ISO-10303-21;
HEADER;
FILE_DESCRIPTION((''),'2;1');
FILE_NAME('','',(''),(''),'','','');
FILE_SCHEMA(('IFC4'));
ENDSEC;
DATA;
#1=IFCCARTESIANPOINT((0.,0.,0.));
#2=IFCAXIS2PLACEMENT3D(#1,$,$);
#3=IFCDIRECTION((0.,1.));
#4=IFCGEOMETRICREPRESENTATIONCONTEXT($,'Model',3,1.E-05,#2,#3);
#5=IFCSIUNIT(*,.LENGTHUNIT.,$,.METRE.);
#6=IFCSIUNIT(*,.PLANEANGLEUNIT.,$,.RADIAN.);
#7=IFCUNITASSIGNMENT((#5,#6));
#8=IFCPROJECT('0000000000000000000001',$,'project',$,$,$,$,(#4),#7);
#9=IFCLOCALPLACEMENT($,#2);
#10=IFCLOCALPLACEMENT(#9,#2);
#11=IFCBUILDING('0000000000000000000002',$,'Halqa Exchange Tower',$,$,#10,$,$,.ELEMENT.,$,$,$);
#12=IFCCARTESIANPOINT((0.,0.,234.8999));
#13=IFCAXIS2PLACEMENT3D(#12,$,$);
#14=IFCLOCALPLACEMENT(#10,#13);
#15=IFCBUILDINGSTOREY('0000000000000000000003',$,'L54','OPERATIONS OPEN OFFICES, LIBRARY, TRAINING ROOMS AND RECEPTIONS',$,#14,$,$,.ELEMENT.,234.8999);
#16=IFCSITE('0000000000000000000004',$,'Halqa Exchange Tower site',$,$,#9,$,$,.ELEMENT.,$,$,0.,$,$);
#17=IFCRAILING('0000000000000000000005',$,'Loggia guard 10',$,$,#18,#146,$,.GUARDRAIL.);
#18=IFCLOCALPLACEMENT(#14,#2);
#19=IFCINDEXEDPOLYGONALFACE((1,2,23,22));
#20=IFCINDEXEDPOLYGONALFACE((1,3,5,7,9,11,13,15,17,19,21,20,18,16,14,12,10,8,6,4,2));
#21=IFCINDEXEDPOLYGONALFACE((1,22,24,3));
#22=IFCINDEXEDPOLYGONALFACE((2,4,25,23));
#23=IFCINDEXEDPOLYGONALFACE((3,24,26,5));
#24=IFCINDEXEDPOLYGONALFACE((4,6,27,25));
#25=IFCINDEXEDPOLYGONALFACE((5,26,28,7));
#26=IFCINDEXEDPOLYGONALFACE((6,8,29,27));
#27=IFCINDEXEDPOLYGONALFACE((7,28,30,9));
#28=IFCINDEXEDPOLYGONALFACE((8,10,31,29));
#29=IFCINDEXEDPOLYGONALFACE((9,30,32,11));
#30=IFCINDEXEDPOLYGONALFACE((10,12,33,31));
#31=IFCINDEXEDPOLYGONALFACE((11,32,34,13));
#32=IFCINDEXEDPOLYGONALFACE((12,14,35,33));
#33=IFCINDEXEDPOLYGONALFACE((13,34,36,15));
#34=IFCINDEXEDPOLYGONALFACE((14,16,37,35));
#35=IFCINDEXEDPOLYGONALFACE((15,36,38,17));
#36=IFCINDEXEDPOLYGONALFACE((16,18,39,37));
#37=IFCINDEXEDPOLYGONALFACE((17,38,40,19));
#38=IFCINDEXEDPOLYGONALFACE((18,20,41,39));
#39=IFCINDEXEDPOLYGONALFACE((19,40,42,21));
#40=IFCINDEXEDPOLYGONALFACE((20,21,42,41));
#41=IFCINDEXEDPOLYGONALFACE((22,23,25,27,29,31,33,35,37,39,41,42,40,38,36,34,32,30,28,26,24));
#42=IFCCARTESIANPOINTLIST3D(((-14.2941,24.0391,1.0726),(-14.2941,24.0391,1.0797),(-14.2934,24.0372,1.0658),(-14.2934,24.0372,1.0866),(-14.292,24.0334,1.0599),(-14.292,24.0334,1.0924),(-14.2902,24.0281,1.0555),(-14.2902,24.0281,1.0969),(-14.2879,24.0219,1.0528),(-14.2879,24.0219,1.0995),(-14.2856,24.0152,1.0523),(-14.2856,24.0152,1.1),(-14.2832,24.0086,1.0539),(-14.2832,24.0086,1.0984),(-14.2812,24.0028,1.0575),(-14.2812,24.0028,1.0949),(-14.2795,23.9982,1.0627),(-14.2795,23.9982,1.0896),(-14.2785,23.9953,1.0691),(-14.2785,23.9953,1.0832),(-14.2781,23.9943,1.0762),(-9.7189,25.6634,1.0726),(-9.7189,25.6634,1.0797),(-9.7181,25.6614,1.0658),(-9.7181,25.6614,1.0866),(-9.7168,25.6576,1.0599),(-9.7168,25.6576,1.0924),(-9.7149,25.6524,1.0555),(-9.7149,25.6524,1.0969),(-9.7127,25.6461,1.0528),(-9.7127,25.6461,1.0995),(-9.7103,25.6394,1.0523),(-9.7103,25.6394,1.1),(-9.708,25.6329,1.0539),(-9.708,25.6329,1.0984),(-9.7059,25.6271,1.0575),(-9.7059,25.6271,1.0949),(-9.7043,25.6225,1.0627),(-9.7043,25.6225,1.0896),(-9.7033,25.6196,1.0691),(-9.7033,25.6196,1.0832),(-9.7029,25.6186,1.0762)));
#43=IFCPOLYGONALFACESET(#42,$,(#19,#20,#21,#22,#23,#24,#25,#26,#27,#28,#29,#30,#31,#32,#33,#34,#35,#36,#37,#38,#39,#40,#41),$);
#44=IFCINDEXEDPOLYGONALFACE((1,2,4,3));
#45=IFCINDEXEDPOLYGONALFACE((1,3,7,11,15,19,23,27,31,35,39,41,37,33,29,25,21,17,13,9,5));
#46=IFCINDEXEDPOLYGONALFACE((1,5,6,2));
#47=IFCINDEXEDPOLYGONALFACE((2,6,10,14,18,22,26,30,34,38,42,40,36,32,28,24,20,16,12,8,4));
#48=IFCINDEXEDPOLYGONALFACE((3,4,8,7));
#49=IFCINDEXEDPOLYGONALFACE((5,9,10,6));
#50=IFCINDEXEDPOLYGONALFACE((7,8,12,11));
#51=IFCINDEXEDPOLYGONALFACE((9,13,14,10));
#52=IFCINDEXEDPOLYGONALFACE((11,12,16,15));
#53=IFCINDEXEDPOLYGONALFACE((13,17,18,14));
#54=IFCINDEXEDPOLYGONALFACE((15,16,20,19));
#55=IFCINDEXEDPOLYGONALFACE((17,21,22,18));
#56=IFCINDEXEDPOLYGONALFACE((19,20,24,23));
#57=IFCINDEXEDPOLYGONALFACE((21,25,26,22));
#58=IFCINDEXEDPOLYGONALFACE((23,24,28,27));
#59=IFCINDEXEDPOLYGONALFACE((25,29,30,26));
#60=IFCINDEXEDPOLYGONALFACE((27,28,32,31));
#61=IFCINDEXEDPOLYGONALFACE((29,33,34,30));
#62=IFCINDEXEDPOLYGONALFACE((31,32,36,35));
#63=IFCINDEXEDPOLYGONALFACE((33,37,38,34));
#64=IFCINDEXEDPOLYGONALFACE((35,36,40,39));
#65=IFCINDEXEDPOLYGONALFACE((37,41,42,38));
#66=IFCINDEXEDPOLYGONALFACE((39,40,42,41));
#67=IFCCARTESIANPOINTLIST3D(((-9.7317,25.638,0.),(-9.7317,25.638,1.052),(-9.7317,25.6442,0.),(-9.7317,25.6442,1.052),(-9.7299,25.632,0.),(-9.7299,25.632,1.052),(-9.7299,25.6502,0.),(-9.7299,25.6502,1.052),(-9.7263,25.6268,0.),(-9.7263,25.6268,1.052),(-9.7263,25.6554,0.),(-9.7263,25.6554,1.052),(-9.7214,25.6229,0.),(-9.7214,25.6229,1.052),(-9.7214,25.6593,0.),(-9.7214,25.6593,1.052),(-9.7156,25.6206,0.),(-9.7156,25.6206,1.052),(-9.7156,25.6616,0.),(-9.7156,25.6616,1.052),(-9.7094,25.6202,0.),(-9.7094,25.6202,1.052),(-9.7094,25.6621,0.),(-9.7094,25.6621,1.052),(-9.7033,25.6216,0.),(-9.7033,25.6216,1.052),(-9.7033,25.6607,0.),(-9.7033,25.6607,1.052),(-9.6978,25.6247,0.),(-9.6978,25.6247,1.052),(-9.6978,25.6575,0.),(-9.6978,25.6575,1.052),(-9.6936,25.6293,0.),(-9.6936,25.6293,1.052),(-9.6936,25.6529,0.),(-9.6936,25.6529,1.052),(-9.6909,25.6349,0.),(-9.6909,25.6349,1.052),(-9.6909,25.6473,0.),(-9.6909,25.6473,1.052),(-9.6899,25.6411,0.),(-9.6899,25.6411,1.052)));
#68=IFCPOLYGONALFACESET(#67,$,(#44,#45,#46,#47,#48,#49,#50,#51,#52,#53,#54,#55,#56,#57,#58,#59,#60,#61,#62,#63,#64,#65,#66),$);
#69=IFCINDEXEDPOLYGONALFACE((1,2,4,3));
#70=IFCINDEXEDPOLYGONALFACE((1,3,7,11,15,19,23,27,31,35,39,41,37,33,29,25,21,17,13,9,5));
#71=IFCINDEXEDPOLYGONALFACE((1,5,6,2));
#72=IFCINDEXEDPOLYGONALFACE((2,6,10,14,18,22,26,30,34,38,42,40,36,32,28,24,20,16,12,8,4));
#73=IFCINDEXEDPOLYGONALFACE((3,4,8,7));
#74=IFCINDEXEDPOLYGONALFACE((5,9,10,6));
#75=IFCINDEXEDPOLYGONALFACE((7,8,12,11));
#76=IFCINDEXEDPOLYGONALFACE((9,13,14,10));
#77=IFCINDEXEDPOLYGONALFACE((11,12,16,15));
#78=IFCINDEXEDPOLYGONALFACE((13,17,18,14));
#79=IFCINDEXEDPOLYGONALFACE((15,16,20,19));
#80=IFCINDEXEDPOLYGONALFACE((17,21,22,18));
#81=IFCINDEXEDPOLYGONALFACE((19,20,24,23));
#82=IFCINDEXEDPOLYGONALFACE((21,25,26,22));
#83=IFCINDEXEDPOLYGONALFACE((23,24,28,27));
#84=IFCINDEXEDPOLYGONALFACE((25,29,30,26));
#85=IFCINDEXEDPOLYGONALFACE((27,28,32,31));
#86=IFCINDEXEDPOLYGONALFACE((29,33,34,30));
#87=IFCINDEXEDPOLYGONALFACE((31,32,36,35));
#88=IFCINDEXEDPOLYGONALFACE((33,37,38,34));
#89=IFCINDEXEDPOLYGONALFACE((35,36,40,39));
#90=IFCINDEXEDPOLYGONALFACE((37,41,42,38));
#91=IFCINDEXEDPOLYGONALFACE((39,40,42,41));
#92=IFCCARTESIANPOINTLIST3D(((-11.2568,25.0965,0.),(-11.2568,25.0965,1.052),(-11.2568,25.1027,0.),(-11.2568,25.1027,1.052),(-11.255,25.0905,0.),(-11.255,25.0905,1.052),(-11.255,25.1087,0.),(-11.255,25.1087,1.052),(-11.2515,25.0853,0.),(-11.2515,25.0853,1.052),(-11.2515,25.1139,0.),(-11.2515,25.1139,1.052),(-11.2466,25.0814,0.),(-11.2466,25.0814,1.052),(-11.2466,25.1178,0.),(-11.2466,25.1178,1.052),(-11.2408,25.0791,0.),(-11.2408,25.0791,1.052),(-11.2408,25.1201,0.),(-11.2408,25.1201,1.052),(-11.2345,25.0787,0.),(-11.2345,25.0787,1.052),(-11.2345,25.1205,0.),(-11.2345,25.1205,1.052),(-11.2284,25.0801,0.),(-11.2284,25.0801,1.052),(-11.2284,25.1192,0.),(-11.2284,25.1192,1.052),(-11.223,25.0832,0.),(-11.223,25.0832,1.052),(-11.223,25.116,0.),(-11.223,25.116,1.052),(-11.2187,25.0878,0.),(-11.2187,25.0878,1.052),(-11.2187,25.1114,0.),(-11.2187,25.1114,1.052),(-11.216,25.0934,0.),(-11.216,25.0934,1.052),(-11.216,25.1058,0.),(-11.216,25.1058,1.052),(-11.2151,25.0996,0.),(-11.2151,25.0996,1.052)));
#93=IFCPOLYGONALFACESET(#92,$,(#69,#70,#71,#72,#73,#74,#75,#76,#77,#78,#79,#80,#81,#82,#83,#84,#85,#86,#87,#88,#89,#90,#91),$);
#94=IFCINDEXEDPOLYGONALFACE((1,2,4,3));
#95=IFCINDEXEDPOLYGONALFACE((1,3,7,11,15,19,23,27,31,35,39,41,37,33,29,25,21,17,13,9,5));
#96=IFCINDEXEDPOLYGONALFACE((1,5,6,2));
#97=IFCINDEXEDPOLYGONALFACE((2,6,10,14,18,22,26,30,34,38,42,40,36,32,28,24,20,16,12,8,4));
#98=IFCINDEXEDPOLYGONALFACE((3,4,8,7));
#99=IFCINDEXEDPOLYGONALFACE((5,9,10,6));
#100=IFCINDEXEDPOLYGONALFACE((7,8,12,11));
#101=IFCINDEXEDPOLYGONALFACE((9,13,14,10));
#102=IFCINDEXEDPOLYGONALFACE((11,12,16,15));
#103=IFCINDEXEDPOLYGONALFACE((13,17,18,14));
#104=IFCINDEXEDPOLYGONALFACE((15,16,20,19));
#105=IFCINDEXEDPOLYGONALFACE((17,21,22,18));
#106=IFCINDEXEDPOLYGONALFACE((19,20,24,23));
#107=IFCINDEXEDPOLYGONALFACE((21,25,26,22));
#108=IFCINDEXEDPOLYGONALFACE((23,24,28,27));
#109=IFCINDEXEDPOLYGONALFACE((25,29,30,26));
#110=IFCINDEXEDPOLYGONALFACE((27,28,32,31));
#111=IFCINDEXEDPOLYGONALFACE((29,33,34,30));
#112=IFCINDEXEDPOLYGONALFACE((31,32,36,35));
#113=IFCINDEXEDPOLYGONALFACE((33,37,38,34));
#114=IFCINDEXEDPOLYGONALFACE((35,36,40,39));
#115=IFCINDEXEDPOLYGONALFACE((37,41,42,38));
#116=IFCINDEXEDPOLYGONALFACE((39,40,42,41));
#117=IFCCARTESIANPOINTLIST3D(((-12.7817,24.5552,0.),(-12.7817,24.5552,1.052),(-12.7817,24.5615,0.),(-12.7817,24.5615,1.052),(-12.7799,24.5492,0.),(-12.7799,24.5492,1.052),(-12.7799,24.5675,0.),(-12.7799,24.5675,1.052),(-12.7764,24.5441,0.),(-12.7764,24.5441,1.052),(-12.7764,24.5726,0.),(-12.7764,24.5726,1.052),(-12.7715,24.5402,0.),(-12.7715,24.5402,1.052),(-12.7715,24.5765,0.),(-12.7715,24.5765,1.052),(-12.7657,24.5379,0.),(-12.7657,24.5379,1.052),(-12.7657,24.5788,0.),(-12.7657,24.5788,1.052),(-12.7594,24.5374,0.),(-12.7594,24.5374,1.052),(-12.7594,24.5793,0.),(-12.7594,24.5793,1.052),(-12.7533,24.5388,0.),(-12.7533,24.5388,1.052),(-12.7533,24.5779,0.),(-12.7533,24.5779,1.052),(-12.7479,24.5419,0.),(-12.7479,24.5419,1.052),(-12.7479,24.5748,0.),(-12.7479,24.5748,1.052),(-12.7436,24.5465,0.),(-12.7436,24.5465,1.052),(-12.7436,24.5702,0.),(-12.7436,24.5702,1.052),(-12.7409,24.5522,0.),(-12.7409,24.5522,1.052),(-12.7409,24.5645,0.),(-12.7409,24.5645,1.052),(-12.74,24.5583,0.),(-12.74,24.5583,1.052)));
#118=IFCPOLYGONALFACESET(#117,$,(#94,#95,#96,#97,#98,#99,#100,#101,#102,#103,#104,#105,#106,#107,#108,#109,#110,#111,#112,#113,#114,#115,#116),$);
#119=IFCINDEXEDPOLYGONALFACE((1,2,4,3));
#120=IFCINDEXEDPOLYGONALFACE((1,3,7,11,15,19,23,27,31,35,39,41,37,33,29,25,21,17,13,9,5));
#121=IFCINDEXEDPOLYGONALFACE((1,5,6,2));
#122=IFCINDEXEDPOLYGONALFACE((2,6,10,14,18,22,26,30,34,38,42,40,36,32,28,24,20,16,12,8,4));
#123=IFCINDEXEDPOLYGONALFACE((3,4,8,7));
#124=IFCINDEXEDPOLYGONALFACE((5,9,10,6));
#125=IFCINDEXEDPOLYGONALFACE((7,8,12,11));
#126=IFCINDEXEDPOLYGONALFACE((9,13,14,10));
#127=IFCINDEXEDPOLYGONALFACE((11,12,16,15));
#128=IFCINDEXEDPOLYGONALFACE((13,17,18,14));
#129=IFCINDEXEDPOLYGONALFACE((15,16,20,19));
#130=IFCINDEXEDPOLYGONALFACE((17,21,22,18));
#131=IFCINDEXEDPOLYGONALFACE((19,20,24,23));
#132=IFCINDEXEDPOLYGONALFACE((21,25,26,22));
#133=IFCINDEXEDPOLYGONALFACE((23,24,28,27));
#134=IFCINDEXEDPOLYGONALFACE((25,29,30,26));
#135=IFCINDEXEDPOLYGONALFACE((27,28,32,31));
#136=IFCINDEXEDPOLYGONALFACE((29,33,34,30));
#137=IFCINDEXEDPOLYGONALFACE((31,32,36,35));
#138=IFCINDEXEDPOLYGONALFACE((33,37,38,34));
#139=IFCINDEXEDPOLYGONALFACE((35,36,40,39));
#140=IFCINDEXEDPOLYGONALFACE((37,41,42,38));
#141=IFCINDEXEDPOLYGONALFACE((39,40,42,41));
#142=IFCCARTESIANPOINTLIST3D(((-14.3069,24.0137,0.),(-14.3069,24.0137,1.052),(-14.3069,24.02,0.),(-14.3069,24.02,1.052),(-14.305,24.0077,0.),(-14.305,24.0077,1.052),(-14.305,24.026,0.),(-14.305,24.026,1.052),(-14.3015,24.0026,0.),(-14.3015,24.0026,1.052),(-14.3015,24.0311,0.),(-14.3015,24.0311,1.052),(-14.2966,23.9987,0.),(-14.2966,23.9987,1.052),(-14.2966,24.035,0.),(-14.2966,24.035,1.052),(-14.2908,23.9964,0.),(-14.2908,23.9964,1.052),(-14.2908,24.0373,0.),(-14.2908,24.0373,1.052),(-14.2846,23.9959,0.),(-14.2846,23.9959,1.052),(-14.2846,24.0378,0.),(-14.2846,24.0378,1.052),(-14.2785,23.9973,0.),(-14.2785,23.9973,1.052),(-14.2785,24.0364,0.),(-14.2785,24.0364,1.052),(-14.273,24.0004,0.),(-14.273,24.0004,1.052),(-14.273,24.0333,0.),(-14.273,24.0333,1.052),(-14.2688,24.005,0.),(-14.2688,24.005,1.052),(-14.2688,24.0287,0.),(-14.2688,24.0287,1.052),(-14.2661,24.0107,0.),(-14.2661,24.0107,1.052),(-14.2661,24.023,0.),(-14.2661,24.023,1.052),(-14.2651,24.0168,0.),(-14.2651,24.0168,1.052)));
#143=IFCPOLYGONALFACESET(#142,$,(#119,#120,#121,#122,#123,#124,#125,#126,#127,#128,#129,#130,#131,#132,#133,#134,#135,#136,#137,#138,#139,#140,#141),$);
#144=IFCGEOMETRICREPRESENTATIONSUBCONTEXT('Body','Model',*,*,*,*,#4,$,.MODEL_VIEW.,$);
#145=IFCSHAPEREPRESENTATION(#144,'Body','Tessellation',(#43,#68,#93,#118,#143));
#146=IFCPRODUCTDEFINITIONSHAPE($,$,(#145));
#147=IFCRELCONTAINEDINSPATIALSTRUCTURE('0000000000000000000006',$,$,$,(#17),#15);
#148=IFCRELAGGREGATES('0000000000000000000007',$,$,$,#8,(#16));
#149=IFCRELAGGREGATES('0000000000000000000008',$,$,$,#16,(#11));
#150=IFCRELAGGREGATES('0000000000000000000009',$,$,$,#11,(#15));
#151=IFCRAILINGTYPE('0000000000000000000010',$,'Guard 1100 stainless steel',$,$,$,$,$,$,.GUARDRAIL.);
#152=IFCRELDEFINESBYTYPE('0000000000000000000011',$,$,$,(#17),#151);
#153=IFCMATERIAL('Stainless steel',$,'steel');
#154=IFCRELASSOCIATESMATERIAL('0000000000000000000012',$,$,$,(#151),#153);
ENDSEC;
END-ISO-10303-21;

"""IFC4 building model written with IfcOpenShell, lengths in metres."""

from ifc_helpers import new_model, si_unit, direction, frame, origin, origin_2d, place, context, subcontext, project, spatial, circle, extrude, material, type_object, element, save


model = new_model("IFC4")

# Units and contexts
model_context = context("Model", 3, precision=1e-05, world=origin(), true_north=direction((0.0, 1.0)))
body_context = subcontext(model_context, "Body", "Model", "MODEL_VIEW")
ifc_project = project(units=[si_unit("LENGTHUNIT", "METRE"), si_unit("PLANEANGLEUNIT", "RADIAN")], contexts=[model_context])

# Site, building, storey
site_placement = place(None, origin())
site = spatial("IfcSite", under=ifc_project, at=site_placement, Name="Halqa Exchange Tower site", CompositionType="ELEMENT", RefElevation=0.0)
building_placement = place(site_placement, origin())
building = spatial("IfcBuilding", under=site, at=building_placement, Name="Halqa Exchange Tower", CompositionType="ELEMENT")
storey_placement = place(building_placement, frame((0.0, 0.0, 234.8999)))
storey = spatial("IfcBuildingStorey", under=building, at=storey_placement, Name="L54", Description="OPERATIONS OPEN OFFICES, LIBRARY, TRAINING ROOMS AND RECEPTIONS", CompositionType="ELEMENT", Elevation=234.8999)

# Railing
ifc_material_1 = material(Name="Stainless steel", Category="steel")
railing_type_1 = type_object("IfcRailingType", Name="Guard 1100 stainless steel", PredefinedType="GUARDRAIL", material=ifc_material_1)
railing_1_placement = place(storey_placement, frame((-9.7109, 25.6411, 0.0)))
element("IfcRailing", 1, at=railing_1_placement, inside=storey, type_object=railing_type_1, Name="Loggia guard 10", PredefinedType="GUARDRAIL", context=body_context, shape_type="SweptSolid", body=[
    extrude(circle(Radius=0.0239, at=origin_2d()), frame((0.0, 0.0, 1.0762), z_axis=(-0.942375, -0.334558, 0.0), x_axis=(0.334558, -0.942375, 0.0)), (0.0, 0.0, 1.0), 4.855),
    extrude(circle(Radius=0.021, at=origin_2d()), origin(), (0.0, 0.0, 1.0), 1.052),
    extrude(circle(Radius=0.021, at=origin_2d()), frame((-1.5251, -0.5415, 0.0)), (0.0, 0.0, 1.0), 1.052),
    extrude(circle(Radius=0.021, at=origin_2d()), frame((-3.05, -1.0828, 0.0)), (0.0, 0.0, 1.0), 1.052),
    extrude(circle(Radius=0.021, at=origin_2d()), frame((-4.5752, -1.6243, 0.0)), (0.0, 0.0, 1.0), 1.052),
])

save(model, "model.ifc")
